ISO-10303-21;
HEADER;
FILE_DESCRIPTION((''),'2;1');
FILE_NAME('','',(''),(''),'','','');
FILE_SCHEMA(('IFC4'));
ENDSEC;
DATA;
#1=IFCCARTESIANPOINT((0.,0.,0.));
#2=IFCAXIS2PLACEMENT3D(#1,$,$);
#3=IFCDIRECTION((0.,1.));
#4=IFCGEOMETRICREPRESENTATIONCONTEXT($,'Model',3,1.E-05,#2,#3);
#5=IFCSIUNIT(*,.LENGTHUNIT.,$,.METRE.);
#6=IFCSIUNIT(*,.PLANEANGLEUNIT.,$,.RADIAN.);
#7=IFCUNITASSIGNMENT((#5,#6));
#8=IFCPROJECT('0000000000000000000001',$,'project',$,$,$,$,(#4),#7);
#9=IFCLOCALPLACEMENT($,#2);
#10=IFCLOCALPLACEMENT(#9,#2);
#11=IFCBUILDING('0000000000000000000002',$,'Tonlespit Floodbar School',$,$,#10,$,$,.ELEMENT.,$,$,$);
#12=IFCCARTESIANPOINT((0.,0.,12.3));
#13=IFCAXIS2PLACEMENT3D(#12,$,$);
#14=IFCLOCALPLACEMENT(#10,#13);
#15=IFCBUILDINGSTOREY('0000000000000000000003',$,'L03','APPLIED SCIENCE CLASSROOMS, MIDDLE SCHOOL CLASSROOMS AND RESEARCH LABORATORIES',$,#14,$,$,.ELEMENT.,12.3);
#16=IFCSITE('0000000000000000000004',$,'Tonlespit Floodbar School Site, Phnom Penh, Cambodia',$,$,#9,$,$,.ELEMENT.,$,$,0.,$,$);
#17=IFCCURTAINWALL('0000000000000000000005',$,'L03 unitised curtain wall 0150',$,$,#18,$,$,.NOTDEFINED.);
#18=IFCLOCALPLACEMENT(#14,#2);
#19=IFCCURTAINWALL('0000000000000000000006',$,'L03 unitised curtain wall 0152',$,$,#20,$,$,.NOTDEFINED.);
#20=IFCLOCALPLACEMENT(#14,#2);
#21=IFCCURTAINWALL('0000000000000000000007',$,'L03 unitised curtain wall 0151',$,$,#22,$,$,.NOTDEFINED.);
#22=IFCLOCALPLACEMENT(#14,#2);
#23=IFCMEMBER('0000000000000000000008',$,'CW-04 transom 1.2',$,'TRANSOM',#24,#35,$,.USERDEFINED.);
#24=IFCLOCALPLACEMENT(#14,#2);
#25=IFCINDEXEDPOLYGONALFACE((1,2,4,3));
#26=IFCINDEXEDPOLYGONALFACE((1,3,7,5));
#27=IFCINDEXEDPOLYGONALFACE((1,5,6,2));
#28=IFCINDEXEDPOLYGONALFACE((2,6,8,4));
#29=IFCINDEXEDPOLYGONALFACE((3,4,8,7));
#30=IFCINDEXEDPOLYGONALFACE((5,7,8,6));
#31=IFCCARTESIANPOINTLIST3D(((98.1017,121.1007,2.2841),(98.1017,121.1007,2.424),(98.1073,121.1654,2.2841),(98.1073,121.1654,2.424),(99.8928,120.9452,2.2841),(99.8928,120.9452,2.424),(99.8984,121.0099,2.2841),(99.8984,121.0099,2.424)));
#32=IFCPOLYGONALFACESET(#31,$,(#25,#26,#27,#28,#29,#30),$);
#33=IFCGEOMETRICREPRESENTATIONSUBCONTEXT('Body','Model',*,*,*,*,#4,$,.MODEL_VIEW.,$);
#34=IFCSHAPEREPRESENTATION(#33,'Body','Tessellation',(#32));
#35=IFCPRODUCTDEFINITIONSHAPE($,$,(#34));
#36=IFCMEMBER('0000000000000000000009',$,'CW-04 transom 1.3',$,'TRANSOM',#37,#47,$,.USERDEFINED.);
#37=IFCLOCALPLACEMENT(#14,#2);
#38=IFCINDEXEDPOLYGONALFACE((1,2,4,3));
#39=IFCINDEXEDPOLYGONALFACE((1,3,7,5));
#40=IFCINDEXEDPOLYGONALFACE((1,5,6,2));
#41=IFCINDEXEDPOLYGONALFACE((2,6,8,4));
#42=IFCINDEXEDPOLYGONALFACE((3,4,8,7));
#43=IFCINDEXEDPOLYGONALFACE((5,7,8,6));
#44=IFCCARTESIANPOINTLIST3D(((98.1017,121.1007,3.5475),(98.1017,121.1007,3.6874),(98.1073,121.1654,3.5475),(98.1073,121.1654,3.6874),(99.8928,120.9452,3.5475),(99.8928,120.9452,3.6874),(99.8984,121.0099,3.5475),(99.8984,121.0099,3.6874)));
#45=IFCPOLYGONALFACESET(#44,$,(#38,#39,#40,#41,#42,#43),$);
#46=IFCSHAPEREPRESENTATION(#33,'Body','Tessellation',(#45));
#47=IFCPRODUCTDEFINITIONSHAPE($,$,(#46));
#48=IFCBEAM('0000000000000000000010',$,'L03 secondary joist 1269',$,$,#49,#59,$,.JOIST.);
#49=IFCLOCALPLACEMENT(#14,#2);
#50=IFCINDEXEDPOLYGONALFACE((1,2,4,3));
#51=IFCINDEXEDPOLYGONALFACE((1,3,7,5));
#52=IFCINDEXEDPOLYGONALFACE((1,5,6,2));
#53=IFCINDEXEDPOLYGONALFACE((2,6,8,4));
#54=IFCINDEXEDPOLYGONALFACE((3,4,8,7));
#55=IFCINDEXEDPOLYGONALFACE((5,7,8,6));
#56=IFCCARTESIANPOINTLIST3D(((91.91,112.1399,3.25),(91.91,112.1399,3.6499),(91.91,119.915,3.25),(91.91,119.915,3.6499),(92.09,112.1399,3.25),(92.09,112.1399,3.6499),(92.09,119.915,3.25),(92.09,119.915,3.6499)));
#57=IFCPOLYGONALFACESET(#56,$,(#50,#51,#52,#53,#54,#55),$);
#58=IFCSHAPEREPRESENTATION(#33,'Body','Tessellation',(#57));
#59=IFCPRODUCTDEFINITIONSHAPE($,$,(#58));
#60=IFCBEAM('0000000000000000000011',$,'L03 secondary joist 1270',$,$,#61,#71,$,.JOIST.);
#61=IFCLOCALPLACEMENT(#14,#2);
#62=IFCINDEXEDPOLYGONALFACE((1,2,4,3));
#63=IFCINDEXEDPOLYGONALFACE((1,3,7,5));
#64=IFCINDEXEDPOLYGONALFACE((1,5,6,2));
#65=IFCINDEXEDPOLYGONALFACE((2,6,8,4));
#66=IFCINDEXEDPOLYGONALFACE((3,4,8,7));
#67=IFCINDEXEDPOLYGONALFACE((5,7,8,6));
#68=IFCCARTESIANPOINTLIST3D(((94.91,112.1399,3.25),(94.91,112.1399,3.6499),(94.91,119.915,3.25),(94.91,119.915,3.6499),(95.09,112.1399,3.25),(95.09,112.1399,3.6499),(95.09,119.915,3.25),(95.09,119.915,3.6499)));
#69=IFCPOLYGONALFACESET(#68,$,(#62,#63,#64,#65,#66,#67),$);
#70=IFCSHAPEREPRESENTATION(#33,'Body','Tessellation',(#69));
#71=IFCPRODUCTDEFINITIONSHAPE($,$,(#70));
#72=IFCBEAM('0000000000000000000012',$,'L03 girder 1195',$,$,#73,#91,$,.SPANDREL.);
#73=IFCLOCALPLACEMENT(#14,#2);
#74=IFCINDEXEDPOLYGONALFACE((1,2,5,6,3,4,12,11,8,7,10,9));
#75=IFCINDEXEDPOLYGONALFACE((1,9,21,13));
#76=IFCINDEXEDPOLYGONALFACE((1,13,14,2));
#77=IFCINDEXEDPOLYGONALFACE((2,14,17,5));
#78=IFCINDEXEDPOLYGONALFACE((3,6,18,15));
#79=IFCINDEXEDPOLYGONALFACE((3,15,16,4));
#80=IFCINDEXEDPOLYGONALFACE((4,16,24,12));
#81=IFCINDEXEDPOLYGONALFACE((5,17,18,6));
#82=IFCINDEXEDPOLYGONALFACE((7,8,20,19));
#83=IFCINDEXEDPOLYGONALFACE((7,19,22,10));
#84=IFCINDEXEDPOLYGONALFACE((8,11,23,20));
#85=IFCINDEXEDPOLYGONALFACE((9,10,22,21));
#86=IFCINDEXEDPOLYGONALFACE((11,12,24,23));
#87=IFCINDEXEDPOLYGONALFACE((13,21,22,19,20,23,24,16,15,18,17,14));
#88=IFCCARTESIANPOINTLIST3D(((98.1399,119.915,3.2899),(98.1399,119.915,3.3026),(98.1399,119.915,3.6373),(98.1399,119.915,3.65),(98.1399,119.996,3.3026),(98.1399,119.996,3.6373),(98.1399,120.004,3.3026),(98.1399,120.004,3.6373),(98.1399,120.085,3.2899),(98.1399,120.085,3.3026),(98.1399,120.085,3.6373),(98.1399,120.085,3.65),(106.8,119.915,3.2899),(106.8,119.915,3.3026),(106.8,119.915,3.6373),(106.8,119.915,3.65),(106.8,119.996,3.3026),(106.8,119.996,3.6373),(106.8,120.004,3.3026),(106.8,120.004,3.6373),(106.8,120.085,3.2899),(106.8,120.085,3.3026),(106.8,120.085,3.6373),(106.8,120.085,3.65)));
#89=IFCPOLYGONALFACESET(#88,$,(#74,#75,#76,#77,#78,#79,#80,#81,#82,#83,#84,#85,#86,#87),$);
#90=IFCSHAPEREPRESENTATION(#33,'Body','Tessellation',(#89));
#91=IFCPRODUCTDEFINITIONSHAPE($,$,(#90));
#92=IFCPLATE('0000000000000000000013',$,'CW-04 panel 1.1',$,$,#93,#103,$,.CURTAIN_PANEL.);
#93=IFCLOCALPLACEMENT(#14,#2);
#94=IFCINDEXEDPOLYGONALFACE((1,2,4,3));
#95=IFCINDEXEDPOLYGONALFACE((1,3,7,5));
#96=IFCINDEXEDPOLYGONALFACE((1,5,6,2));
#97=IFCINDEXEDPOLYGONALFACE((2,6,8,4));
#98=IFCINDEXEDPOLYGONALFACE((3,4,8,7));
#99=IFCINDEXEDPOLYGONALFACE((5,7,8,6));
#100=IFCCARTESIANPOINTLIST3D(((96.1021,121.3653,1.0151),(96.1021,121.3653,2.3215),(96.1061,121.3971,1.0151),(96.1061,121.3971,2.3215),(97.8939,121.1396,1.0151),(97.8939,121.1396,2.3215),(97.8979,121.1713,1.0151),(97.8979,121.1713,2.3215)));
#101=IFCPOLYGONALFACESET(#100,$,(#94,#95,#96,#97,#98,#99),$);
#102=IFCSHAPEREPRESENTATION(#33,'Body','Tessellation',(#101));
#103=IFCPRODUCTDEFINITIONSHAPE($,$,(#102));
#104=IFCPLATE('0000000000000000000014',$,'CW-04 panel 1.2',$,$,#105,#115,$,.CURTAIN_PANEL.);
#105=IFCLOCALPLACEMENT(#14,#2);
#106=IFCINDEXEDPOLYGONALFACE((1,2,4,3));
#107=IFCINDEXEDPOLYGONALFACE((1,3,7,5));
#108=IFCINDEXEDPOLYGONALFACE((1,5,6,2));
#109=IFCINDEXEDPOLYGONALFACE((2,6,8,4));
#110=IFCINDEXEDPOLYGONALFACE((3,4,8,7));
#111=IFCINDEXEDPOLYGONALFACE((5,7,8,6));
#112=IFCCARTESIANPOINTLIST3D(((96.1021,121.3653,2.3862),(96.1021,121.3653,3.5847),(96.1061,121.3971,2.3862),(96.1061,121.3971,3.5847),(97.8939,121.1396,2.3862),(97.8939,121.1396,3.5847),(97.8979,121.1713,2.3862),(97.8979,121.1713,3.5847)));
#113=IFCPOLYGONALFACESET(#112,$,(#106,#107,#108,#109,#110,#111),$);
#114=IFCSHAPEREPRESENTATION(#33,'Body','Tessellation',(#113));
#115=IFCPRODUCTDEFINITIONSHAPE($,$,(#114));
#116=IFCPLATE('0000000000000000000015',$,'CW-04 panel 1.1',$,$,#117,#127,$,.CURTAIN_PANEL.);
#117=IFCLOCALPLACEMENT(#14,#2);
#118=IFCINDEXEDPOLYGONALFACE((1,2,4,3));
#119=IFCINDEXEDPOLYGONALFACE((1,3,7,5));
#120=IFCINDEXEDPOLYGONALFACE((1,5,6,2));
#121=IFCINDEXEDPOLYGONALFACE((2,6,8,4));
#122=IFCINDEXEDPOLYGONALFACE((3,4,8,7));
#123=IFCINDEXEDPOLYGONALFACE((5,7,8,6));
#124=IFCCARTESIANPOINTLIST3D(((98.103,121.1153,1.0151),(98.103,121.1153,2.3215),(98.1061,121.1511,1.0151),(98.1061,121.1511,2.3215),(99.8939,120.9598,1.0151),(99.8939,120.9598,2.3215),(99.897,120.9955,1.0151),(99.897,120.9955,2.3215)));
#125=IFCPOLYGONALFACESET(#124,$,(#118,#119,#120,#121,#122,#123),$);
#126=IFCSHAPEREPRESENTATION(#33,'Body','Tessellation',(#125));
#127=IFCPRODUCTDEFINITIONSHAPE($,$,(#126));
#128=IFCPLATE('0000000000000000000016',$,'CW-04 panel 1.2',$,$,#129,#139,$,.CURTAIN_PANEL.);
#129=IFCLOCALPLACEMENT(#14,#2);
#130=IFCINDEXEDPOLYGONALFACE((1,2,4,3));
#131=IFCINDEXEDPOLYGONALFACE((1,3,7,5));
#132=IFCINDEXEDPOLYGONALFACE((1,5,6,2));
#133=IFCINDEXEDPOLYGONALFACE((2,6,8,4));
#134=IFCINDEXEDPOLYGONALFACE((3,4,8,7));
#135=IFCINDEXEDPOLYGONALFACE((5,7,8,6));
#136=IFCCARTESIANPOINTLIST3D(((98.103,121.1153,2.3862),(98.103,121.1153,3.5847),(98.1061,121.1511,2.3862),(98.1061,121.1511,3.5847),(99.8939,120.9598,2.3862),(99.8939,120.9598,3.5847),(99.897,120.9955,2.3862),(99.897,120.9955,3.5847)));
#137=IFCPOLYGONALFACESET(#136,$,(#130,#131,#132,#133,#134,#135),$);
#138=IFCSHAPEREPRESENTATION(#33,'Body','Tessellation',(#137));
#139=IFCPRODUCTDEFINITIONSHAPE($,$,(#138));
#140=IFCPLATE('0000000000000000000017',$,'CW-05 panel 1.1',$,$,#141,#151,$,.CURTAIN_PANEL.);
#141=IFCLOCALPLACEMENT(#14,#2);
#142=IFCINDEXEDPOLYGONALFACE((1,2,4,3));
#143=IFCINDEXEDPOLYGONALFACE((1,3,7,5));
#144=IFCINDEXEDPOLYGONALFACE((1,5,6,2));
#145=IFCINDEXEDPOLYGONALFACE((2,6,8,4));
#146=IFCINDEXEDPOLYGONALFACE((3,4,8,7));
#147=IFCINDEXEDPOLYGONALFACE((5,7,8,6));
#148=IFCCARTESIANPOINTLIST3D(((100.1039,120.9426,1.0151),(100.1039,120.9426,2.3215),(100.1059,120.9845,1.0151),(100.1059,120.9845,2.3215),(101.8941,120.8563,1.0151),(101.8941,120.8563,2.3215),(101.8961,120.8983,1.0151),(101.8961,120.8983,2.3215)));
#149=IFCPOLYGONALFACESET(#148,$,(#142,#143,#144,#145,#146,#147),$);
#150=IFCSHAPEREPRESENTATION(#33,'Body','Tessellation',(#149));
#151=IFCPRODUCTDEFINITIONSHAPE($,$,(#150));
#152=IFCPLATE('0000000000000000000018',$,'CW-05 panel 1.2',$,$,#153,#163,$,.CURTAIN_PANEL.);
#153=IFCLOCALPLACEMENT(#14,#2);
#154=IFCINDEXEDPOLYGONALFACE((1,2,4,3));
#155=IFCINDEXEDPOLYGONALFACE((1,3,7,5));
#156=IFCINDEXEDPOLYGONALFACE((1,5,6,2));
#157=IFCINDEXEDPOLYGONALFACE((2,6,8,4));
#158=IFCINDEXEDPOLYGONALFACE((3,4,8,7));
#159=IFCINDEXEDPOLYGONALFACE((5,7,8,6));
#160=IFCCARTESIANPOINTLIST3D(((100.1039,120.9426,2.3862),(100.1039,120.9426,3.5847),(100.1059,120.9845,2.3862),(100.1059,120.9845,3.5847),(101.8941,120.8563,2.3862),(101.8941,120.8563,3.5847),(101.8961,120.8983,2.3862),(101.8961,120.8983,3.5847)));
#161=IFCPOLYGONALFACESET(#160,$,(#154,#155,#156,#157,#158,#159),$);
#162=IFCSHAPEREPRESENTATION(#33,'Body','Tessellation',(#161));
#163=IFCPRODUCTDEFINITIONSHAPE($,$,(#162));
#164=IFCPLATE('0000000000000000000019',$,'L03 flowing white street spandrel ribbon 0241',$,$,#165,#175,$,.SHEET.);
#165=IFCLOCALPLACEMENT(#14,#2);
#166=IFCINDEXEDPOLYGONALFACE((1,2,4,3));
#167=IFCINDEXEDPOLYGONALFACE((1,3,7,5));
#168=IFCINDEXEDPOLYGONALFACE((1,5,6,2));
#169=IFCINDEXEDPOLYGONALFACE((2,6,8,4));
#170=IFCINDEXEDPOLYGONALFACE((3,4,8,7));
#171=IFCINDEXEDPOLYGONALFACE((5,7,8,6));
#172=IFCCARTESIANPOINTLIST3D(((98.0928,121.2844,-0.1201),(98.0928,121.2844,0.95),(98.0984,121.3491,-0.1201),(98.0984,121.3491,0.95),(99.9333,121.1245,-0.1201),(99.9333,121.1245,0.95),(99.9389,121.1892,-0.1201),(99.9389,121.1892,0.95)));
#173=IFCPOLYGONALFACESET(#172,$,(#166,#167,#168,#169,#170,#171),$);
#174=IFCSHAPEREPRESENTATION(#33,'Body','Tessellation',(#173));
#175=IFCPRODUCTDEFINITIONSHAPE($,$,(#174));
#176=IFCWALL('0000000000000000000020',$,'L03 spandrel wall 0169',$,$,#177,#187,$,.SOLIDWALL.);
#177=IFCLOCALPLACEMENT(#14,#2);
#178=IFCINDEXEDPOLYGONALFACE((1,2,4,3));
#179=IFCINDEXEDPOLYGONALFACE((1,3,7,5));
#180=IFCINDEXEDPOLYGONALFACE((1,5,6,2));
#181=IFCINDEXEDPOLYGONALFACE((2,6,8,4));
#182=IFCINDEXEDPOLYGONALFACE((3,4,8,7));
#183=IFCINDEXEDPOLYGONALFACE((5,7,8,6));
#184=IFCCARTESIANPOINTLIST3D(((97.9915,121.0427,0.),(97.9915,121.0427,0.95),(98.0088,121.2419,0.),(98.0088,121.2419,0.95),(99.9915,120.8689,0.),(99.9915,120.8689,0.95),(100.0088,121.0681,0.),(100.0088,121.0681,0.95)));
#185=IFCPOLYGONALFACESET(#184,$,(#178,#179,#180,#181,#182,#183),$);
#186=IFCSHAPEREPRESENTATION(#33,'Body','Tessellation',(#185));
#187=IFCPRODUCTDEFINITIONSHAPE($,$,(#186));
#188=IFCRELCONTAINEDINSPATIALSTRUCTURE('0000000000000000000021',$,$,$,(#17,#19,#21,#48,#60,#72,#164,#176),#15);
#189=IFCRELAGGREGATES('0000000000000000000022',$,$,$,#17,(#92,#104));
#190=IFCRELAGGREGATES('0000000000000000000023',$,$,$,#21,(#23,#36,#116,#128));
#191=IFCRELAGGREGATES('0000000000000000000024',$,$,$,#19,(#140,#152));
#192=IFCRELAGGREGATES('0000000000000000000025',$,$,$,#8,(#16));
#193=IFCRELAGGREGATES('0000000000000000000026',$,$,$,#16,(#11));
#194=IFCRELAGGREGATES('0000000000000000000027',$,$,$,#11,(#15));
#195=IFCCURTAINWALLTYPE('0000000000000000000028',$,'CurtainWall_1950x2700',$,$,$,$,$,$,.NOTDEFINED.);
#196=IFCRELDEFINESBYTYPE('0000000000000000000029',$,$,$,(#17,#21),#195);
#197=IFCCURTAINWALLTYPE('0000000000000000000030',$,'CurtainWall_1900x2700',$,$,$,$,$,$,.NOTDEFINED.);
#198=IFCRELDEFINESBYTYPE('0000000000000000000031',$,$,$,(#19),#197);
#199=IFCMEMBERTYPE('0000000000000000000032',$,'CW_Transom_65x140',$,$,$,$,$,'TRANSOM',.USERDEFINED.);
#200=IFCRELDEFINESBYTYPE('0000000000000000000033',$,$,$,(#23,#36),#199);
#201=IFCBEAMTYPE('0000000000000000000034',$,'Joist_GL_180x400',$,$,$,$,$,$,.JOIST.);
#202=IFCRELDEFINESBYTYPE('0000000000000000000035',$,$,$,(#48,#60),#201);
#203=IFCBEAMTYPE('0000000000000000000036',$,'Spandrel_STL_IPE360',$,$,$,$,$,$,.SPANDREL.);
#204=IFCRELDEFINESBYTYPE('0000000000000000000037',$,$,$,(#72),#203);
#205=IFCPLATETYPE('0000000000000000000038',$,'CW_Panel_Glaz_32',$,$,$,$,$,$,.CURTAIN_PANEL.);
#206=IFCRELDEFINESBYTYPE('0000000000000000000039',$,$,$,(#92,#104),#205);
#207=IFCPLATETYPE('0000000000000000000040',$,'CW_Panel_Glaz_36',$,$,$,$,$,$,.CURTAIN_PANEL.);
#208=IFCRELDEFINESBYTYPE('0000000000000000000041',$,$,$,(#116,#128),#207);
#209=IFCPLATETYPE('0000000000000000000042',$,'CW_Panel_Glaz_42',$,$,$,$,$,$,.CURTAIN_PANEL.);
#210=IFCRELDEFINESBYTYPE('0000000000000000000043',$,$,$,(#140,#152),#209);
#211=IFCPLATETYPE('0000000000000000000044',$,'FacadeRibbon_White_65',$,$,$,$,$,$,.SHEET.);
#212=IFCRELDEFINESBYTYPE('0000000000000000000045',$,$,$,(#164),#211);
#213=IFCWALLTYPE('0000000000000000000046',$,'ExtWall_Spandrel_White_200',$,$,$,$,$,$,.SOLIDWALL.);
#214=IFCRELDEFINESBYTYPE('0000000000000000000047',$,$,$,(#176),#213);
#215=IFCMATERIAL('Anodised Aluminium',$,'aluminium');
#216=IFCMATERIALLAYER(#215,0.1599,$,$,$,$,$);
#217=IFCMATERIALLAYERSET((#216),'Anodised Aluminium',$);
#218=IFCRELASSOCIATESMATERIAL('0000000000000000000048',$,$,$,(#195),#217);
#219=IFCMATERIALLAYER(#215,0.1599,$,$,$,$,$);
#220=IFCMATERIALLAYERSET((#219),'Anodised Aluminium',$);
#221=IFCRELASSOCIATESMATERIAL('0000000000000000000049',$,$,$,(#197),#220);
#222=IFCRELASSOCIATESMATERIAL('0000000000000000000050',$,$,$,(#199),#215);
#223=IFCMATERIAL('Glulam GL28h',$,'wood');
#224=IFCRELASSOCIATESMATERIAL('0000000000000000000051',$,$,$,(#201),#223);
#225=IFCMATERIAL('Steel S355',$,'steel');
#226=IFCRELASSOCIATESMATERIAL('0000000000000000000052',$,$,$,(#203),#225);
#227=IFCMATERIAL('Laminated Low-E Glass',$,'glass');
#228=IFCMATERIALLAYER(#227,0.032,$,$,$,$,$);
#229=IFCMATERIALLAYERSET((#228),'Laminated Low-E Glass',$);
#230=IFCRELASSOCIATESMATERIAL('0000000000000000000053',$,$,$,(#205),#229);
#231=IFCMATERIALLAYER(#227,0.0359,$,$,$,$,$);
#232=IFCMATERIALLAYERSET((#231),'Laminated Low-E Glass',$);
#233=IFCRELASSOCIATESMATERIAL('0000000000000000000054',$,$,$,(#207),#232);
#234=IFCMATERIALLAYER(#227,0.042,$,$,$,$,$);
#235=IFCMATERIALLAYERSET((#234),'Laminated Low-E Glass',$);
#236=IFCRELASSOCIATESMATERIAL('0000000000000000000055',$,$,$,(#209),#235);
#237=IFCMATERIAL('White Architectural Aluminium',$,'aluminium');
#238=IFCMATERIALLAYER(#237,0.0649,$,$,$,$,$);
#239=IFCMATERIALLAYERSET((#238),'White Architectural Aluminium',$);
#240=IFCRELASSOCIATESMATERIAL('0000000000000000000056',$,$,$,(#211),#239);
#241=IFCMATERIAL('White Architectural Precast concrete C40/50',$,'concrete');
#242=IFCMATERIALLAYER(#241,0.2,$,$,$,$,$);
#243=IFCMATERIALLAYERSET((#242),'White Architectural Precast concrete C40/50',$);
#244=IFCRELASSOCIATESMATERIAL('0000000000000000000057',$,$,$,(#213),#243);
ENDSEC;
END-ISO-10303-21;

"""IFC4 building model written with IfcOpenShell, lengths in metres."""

from ifc_helpers import new_model, si_unit, direction, frame, frame_2d, origin, origin_2d, place, context, subcontext, project, spatial, rectangle, i_section, extrude, material, layer, layer_set, material_profile, profile_set, type_object, element, aggregate, save


model = new_model("IFC4")

# Units and contexts
model_context = context("Model", 3, precision=1e-05, world=origin(), true_north=direction((0.0, 1.0)))
body_context = subcontext(model_context, "Body", "Model", "MODEL_VIEW")
ifc_project = project(units=[si_unit("LENGTHUNIT", "METRE"), si_unit("PLANEANGLEUNIT", "RADIAN")], contexts=[model_context])

# Site, building, storey
site_placement = place(None, origin())
site = spatial("IfcSite", under=ifc_project, at=site_placement, Name="Tonlespit Floodbar School Site, Phnom Penh, Cambodia", CompositionType="ELEMENT", RefElevation=0.0)
building_placement = place(site_placement, origin())
building = spatial("IfcBuilding", under=site, at=building_placement, Name="Tonlespit Floodbar School", CompositionType="ELEMENT")
storey_placement = place(building_placement, frame((0.0, 0.0, 12.3)))
storey = spatial("IfcBuildingStorey", under=building, at=storey_placement, Name="L03", Description="APPLIED SCIENCE CLASSROOMS, MIDDLE SCHOOL CLASSROOMS AND RESEARCH LABORATORIES", CompositionType="ELEMENT", Elevation=12.3)

# Shared definitions
ifc_material_1 = material(Name="Glulam GL28h", Category="wood")

# Curtain walls
ifc_material_2 = material(Name="Anodised Aluminium", Category="aluminium")
ifc_layer_1 = layer(ifc_material_2, 0.1599)
ifc_layer_set_1 = layer_set([ifc_layer_1], Name="Anodised Aluminium")
curtain_wall_type_1 = type_object("IfcCurtainWallType", Name="CurtainWall_1950x2700", PredefinedType="NOTDEFINED", material=ifc_layer_set_1)
curtain_wall_1_placement = place(storey_placement, origin())
curtain_wall_1 = element("IfcCurtainWall", 1, at=curtain_wall_1_placement, inside=storey, type_object=curtain_wall_type_1, Name="L03 unitised curtain wall 0150", PredefinedType="NOTDEFINED")
ifc_layer_2 = layer(ifc_material_2, 0.1599)
ifc_layer_set_2 = layer_set([ifc_layer_2], Name="Anodised Aluminium")
curtain_wall_type_2 = type_object("IfcCurtainWallType", Name="CurtainWall_1900x2700", PredefinedType="NOTDEFINED", material=ifc_layer_set_2)
curtain_wall_2_placement = place(storey_placement, origin())
curtain_wall_2 = element("IfcCurtainWall", 2, at=curtain_wall_2_placement, inside=storey, type_object=curtain_wall_type_2, Name="L03 unitised curtain wall 0152", PredefinedType="NOTDEFINED")

# Curtain wall
curtain_wall_3_placement = place(storey_placement, origin())
curtain_wall_3 = element("IfcCurtainWall", 3, at=curtain_wall_3_placement, inside=storey, type_object=curtain_wall_type_1, Name="L03 unitised curtain wall 0151", PredefinedType="NOTDEFINED")

# Members
ifc_material_profile_1 = material_profile(ifc_material_2, rectangle(XDim=0.0649, YDim=0.1399, at=origin_2d()), Name="ALU T65x140")
ifc_profile_set_1 = profile_set([ifc_material_profile_1], Name="Anodised Aluminium")
member_type_1 = type_object("IfcMemberType", Name="CW_Transom_65x140", ElementType="TRANSOM", PredefinedType="USERDEFINED", material=ifc_profile_set_1)
member_1_placement = place(storey_placement, frame((98.1045, 121.1331, 2.354), z_axis=(0.996251, -0.086507, 0.0), x_axis=(0.086507, 0.996251, 0.0)))
member_1 = element("IfcMember", 4, at=member_1_placement, type_object=member_type_1, Name="CW-04 transom 1.2", ObjectType="TRANSOM", PredefinedType="USERDEFINED", context=body_context, shape_type="SweptSolid", body=[
    extrude(rectangle(XDim=0.0649, YDim=0.1399, at=origin_2d()), origin(), (0.0, 0.0, 1.0), 1.7979),
])
member_2_placement = place(storey_placement, frame((98.1045, 121.1331, 3.6174), z_axis=(0.996251, -0.086507, 0.0), x_axis=(0.086507, 0.996251, 0.0)))
member_2 = element("IfcMember", 5, at=member_2_placement, type_object=member_type_1, Name="CW-04 transom 1.3", ObjectType="TRANSOM", PredefinedType="USERDEFINED", context=body_context, shape_type="SweptSolid", body=[
    extrude(rectangle(XDim=0.0649, YDim=0.1399, at=origin_2d()), origin(), (0.0, 0.0, 1.0), 1.7979),
])

# Beams
ifc_material_profile_2 = material_profile(ifc_material_1, rectangle(XDim=0.1799, YDim=0.3999, at=origin_2d()), Name="GL 180x400")
ifc_profile_set_2 = profile_set([ifc_material_profile_2], Name="Glulam GL28h")
beam_type_1 = type_object("IfcBeamType", Name="Joist_GL_180x400", PredefinedType="JOIST", material=ifc_profile_set_2)
for number, where, z_axis, x_axis, name in (
    (6, (92.0, 112.1399, 3.45), (0.0, 1.0, 0.0), (-1.0, 0.0, 0.0), "L03 secondary joist 1269"),
    (7, (95.0, 112.1399, 3.45), (0.0, 1.0, 0.0), (-1.0, 0.0, 0.0), "L03 secondary joist 1270"),
):
    element("IfcBeam", number, at=place(storey_placement, frame(where, z_axis=z_axis, x_axis=x_axis)), inside=storey, type_object=beam_type_1, Name=name, PredefinedType="JOIST", context=body_context, shape_type="SweptSolid", body=[
        extrude(rectangle(XDim=0.1799, YDim=0.3999, at=origin_2d()), origin(), (0.0, 0.0, 1.0), 7.7751),
    ])
ifc_material_3 = material(Name="Steel S355", Category="steel")
ifc_material_profile_3 = material_profile(ifc_material_3, i_section(OverallWidth=0.1699, OverallDepth=0.3601, WebThickness=0.0081, FlangeThickness=0.0127, at=origin_2d()), Name="IPE 360")
ifc_profile_set_3 = profile_set([ifc_material_profile_3], Name="Steel S355")
beam_type_2 = type_object("IfcBeamType", Name="Spandrel_STL_IPE360", PredefinedType="SPANDREL", material=ifc_profile_set_3)
beam_1_placement = place(storey_placement, frame((98.1399, 120.0, 3.47), z_axis=(1.0, 0.0, 0.0), x_axis=(0.0, 1.0, 0.0)))
element("IfcBeam", 8, at=beam_1_placement, inside=storey, type_object=beam_type_2, Name="L03 girder 1195", PredefinedType="SPANDREL", context=body_context, shape_type="SweptSolid", body=[
    extrude(i_section(OverallWidth=0.1699, OverallDepth=0.3601, WebThickness=0.0081, FlangeThickness=0.0127, at=origin_2d()), origin(), (0.0, 0.0, 1.0), 8.6602),
])

# Plates
ifc_material_4 = material(Name="Laminated Low-E Glass", Category="glass")
ifc_layer_3 = layer(ifc_material_4, 0.032)
ifc_layer_set_3 = layer_set([ifc_layer_3], Name="Laminated Low-E Glass")
plate_type_1 = type_object("IfcPlateType", Name="CW_Panel_Glaz_32", PredefinedType="CURTAIN_PANEL", material=ifc_layer_set_3)
plate_1_placement = place(storey_placement, frame((97.0, 121.2683, 1.0151), z_axis=(0.0, 0.0, 1.0), x_axis=(0.992155, -0.125014, 0.0)))
plate_1 = element("IfcPlate", 9, at=plate_1_placement, type_object=plate_type_1, Name="CW-04 panel 1.1", PredefinedType="CURTAIN_PANEL", context=body_context, shape_type="SweptSolid", body=[
    extrude(rectangle(XDim=1.8059, YDim=0.032, at=origin_2d()), origin(), (0.0, 0.0, 1.0), 1.3064),
])
plate_2_placement = place(storey_placement, frame((97.0, 121.2683, 2.3862), z_axis=(0.0, 0.0, 1.0), x_axis=(0.992155, -0.125014, 0.0)))
plate_2 = element("IfcPlate", 10, at=plate_2_placement, type_object=plate_type_1, Name="CW-04 panel 1.2", PredefinedType="CURTAIN_PANEL", context=body_context, shape_type="SweptSolid", body=[
    extrude(rectangle(XDim=1.8059, YDim=0.032, at=origin_2d()), origin(), (0.0, 0.0, 1.0), 1.1985),
])
aggregate(curtain_wall_1, [plate_1, plate_2])
ifc_layer_4 = layer(ifc_material_4, 0.0359)
ifc_layer_set_4 = layer_set([ifc_layer_4], Name="Laminated Low-E Glass")
plate_type_2 = type_object("IfcPlateType", Name="CW_Panel_Glaz_36", PredefinedType="CURTAIN_PANEL", material=ifc_layer_set_4)
plate_3_placement = place(storey_placement, frame((99.0, 121.0554, 1.0151), z_axis=(0.0, 0.0, 1.0), x_axis=(0.996249, -0.086531, 0.0)))
plate_3 = element("IfcPlate", 11, at=plate_3_placement, type_object=plate_type_2, Name="CW-04 panel 1.1", PredefinedType="CURTAIN_PANEL", context=body_context, shape_type="SweptSolid", body=[
    extrude(rectangle(XDim=1.7976, YDim=0.0359, at=origin_2d()), origin(), (0.0, 0.0, 1.0), 1.3064),
])
plate_4_placement = place(storey_placement, frame((99.0, 121.0554, 2.3862), z_axis=(0.0, 0.0, 1.0), x_axis=(0.996249, -0.086531, 0.0)))
plate_4 = element("IfcPlate", 12, at=plate_4_placement, type_object=plate_type_2, Name="CW-04 panel 1.2", PredefinedType="CURTAIN_PANEL", context=body_context, shape_type="SweptSolid", body=[
    extrude(rectangle(XDim=1.7976, YDim=0.0359, at=origin_2d()), origin(), (0.0, 0.0, 1.0), 1.1985),
])
aggregate(curtain_wall_3, [member_1, member_2, plate_3, plate_4])
ifc_layer_5 = layer(ifc_material_4, 0.042)
ifc_layer_set_5 = layer_set([ifc_layer_5], Name="Laminated Low-E Glass")
plate_type_3 = type_object("IfcPlateType", Name="CW_Panel_Glaz_42", PredefinedType="CURTAIN_PANEL", material=ifc_layer_set_5)
plate_5_placement = place(storey_placement, frame((101.0, 120.9204, 1.0151), z_axis=(0.0, 0.0, 1.0), x_axis=(0.998842, -0.048121, 0.0)))
plate_5 = element("IfcPlate", 13, at=plate_5_placement, type_object=plate_type_3, Name="CW-05 panel 1.1", PredefinedType="CURTAIN_PANEL", context=body_context, shape_type="SweptSolid", body=[
    extrude(rectangle(XDim=1.7922, YDim=0.042, at=origin_2d()), origin(), (0.0, 0.0, 1.0), 1.3064),
])
plate_6_placement = place(storey_placement, frame((101.0, 120.9204, 2.3862), z_axis=(0.0, 0.0, 1.0), x_axis=(0.998842, -0.048121, 0.0)))
plate_6 = element("IfcPlate", 14, at=plate_6_placement, type_object=plate_type_3, Name="CW-05 panel 1.2", PredefinedType="CURTAIN_PANEL", context=body_context, shape_type="SweptSolid", body=[
    extrude(rectangle(XDim=1.7922, YDim=0.042, at=origin_2d()), origin(), (0.0, 0.0, 1.0), 1.1985),
])
aggregate(curtain_wall_2, [plate_5, plate_6])
ifc_material_5 = material(Name="White Architectural Aluminium", Category="aluminium")
ifc_layer_6 = layer(ifc_material_5, 0.0649)
ifc_layer_set_6 = layer_set([ifc_layer_6], Name="White Architectural Aluminium")
plate_type_4 = type_object("IfcPlateType", Name="FacadeRibbon_White_65", PredefinedType="SHEET", material=ifc_layer_set_6)
plate_7_placement = place(storey_placement, frame((99.0159, 121.2368, -0.1201), z_axis=(0.0, 0.0, 1.0), x_axis=(0.996245, -0.086573, 0.0)))
element("IfcPlate", 15, at=plate_7_placement, inside=storey, type_object=plate_type_4, Name="L03 flowing white street spandrel ribbon 0241", PredefinedType="SHEET", context=body_context, shape_type="SweptSolid", body=[
    extrude(rectangle(XDim=1.8474, YDim=0.0649, at=origin_2d()), origin(), (0.0, 0.0, 1.0), 1.0701),
])

# Wall
ifc_material_6 = material(Name="White Architectural Precast concrete C40/50", Category="concrete")
ifc_layer_7 = layer(ifc_material_6, 0.2)
ifc_layer_set_7 = layer_set([ifc_layer_7], Name="White Architectural Precast concrete C40/50")
wall_type_1 = type_object("IfcWallType", Name="ExtWall_Spandrel_White_200", PredefinedType="SOLIDWALL", material=ifc_layer_set_7)
wall_1_placement = place(storey_placement, frame((98.0, 121.1423, 0.0), z_axis=(0.0, 0.0, 1.0), x_axis=(0.996244, -0.086588, 0.0)))
element("IfcWall", 16, at=wall_1_placement, inside=storey, type_object=wall_type_1, Name="L03 spandrel wall 0169", PredefinedType="SOLIDWALL", context=body_context, shape_type="SweptSolid", body=[
    extrude(rectangle(XDim=2.0076, YDim=0.2, at=frame_2d((1.0039, 0.0))), origin(), (0.0, 0.0, 1.0), 0.95),
])

save(model, "model.ifc")
